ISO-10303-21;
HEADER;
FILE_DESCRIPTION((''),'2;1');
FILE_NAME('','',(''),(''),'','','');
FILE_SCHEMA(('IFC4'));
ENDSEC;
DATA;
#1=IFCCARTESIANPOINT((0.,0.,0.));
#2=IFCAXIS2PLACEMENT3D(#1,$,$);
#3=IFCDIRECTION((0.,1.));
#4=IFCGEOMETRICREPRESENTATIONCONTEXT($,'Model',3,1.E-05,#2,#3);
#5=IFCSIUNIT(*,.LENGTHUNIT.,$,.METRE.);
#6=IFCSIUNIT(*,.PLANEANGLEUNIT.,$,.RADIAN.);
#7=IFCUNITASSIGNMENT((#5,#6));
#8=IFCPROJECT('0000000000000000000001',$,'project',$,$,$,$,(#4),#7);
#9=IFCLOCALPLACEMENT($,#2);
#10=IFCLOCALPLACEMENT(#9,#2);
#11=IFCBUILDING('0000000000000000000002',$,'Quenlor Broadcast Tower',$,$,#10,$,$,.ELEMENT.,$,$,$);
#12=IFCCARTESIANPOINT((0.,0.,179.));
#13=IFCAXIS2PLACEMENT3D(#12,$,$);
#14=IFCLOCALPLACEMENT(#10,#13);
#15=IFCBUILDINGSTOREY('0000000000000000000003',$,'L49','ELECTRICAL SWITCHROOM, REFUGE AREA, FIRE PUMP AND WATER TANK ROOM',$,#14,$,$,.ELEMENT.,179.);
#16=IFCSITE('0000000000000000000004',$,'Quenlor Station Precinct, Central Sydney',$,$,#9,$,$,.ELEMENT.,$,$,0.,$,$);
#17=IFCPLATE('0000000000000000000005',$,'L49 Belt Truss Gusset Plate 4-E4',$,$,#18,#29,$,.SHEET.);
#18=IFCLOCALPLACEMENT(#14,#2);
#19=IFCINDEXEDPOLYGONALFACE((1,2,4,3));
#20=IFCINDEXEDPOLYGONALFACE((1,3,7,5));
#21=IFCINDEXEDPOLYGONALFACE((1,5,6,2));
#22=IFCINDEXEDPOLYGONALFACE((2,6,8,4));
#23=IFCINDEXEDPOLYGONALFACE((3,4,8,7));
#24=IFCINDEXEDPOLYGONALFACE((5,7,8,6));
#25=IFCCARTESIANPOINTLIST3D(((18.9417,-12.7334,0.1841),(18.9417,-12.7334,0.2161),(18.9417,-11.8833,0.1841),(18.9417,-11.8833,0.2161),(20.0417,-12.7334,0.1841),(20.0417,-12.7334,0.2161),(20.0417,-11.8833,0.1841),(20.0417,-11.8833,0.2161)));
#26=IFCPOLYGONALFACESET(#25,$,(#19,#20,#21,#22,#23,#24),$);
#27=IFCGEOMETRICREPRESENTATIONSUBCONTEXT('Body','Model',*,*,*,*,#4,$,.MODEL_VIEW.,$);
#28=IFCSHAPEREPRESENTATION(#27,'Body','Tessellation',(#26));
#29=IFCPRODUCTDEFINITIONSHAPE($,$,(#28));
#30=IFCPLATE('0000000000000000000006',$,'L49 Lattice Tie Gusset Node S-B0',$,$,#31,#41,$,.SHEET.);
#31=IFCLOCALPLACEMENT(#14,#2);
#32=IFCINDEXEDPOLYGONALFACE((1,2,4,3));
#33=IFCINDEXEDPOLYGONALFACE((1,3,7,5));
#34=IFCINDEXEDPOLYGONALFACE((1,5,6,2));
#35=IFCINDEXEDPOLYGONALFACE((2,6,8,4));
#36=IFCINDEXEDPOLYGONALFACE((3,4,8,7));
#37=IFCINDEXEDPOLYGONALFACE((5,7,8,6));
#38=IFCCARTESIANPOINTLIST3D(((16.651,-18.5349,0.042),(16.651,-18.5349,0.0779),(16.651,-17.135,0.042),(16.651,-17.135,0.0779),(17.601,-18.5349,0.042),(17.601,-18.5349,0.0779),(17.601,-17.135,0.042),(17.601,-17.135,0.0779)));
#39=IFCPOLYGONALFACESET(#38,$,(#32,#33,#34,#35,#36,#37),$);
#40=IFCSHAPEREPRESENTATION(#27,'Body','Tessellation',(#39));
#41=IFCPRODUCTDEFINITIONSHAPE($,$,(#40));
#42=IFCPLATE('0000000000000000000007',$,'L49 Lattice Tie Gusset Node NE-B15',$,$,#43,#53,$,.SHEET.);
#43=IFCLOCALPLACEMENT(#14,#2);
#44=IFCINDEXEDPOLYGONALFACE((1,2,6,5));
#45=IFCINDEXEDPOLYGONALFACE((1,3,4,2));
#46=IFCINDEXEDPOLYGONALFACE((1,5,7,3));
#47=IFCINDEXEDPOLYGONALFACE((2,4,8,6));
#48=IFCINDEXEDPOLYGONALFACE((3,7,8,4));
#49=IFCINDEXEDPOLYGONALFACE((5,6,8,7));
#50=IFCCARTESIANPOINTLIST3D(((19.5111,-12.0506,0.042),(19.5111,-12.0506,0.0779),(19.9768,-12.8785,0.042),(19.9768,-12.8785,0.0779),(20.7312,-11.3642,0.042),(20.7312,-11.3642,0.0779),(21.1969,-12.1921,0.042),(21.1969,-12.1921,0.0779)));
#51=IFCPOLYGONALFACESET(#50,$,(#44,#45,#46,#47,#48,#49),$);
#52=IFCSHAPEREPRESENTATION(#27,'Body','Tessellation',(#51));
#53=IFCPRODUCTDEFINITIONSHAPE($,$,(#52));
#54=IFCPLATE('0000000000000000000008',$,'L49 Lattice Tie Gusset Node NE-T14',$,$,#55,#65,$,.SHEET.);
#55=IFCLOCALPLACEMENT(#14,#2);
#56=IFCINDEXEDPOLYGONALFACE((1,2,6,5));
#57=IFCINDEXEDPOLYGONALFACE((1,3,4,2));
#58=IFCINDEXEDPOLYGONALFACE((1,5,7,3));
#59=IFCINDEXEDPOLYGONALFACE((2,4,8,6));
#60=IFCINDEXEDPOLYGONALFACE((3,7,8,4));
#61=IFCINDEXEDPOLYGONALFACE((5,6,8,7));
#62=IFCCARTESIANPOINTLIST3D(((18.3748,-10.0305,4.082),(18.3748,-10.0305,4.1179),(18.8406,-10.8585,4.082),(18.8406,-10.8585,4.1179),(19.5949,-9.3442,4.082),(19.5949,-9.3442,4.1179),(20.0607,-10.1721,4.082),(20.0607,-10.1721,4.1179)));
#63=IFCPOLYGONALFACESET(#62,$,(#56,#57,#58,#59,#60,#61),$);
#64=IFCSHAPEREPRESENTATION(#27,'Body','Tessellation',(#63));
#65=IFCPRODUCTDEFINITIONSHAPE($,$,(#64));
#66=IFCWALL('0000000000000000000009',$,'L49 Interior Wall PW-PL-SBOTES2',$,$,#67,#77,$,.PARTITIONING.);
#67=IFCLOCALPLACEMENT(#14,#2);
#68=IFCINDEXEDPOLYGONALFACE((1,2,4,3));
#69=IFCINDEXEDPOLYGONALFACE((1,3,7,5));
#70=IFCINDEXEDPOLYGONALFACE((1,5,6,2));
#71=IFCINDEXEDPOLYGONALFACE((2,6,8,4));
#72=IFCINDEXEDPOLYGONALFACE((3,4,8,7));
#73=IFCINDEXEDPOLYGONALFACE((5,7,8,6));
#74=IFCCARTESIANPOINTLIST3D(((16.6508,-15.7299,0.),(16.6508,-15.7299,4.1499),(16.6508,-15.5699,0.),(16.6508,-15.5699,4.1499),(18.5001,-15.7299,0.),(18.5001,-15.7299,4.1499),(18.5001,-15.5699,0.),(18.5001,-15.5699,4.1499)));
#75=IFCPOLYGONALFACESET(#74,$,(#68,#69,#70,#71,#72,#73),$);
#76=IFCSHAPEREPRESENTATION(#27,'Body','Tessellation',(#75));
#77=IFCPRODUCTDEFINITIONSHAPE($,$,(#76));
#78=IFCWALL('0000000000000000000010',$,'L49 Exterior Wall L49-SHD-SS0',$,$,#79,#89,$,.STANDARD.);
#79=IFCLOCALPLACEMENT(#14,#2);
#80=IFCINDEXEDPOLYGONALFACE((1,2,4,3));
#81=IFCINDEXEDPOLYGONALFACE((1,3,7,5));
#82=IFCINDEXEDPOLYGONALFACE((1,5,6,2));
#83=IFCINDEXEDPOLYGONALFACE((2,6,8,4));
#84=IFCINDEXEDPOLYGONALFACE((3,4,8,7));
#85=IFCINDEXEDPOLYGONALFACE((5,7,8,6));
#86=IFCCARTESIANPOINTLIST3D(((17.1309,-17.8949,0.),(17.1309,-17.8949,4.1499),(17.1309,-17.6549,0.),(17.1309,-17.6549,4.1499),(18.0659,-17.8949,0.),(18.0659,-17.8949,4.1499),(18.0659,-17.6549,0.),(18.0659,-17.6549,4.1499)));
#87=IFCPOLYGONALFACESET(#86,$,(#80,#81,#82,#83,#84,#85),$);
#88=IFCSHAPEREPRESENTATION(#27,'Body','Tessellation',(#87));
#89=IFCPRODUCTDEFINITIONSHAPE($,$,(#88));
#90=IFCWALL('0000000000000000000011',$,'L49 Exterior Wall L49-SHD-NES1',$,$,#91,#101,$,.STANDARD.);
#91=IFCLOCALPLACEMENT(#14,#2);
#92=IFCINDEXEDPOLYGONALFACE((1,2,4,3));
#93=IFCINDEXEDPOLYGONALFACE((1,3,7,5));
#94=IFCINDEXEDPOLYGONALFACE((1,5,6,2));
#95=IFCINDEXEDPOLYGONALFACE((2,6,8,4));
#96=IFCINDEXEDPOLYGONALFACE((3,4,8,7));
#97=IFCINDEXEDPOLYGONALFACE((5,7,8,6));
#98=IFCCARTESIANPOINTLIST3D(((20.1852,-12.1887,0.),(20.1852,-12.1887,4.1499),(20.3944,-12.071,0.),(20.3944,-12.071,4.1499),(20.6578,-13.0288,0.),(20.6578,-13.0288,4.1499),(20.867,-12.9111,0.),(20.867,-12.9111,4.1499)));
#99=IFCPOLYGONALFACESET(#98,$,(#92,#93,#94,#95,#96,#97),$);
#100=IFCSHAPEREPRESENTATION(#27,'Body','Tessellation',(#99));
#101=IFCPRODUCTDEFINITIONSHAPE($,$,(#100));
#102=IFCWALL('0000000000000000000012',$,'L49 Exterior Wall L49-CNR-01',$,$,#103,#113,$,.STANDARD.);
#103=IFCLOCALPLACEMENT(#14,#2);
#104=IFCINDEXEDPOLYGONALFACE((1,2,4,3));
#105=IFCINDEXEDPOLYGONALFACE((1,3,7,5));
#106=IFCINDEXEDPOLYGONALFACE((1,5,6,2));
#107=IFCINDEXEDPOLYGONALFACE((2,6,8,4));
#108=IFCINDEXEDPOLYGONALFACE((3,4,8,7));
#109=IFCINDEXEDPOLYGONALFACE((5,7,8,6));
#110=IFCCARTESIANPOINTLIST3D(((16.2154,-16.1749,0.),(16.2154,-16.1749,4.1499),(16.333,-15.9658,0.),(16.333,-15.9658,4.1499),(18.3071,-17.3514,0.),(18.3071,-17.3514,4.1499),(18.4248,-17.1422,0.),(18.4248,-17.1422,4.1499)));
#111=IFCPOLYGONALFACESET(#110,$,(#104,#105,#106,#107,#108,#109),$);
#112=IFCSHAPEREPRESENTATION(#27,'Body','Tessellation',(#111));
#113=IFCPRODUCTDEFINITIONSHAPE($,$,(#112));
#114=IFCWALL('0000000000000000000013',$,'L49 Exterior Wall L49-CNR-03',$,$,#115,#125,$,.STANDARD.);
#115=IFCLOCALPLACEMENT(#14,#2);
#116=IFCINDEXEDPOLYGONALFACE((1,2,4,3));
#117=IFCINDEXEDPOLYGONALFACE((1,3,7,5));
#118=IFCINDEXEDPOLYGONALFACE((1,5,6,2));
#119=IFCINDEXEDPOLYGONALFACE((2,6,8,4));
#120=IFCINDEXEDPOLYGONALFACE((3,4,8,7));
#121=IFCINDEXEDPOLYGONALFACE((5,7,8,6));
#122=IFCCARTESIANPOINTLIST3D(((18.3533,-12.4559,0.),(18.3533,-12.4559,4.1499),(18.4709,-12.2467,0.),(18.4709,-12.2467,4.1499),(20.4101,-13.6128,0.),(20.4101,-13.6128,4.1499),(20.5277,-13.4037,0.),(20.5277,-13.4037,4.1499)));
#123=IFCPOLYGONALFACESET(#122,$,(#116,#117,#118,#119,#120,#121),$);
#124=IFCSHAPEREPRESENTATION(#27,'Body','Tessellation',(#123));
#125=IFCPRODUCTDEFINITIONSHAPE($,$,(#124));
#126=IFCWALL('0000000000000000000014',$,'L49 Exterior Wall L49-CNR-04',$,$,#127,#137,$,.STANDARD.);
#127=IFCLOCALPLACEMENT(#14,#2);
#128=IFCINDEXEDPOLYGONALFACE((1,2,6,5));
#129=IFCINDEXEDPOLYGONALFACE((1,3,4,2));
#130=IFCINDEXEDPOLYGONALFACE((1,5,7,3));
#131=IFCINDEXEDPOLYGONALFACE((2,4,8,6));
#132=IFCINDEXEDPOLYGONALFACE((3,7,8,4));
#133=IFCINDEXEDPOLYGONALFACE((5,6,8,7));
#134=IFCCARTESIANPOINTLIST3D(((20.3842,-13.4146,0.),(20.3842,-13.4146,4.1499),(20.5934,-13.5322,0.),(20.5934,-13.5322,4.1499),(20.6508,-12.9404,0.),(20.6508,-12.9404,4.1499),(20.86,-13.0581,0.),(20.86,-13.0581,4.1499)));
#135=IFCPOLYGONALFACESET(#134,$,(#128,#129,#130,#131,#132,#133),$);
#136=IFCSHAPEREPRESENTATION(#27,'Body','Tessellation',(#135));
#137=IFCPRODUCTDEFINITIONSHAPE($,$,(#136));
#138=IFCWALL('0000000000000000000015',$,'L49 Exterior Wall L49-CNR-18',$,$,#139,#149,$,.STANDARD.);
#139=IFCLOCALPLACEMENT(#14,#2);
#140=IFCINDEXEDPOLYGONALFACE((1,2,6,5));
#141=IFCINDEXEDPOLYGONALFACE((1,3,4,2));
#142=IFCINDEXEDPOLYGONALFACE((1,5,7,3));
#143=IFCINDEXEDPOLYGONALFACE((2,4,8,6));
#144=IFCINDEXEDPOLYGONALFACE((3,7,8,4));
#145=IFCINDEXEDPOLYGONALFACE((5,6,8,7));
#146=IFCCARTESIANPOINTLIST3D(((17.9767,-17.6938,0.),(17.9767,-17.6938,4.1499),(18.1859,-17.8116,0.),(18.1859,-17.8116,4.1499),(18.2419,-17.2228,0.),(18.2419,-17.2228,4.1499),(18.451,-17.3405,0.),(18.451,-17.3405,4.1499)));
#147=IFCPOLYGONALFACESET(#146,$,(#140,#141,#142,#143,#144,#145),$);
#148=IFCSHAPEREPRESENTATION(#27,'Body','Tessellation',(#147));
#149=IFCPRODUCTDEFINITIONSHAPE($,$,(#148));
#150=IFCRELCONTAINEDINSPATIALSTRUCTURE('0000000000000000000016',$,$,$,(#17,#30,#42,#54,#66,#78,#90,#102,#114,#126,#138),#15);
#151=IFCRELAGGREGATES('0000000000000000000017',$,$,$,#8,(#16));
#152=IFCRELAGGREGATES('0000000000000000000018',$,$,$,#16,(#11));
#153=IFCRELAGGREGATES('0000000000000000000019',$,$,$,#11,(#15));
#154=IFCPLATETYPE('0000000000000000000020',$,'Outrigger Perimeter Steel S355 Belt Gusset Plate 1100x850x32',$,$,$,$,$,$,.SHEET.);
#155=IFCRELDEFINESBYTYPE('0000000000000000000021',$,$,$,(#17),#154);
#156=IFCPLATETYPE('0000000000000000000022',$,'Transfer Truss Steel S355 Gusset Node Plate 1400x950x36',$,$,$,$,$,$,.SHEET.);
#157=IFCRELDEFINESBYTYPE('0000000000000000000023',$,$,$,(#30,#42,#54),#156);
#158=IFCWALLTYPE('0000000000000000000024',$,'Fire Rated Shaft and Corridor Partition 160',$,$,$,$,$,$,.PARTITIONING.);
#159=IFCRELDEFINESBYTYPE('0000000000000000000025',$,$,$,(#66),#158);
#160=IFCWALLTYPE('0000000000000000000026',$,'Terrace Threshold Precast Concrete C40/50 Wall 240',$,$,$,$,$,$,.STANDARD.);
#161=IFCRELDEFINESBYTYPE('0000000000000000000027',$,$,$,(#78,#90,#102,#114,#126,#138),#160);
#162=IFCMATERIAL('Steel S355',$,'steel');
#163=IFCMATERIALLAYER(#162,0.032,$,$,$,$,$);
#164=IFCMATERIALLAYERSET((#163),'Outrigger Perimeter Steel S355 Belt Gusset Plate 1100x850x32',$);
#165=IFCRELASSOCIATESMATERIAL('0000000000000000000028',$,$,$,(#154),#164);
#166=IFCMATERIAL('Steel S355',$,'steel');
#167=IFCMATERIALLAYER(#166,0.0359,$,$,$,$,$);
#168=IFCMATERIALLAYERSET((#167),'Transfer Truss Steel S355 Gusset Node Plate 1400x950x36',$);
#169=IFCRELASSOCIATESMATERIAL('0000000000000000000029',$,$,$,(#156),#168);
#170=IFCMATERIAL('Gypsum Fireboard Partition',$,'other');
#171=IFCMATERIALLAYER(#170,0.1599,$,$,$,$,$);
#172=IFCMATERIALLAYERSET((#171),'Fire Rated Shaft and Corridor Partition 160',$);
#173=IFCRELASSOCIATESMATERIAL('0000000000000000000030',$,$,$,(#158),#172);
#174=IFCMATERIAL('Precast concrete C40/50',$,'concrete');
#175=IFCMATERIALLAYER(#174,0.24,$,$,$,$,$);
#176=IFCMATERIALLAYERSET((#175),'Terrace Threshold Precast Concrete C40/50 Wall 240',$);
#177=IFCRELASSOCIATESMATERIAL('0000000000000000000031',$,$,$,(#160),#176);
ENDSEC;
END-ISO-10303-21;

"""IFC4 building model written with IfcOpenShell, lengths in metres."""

from ifc_helpers import new_model, si_unit, direction, frame, frame_2d, origin, origin_2d, place, context, subcontext, project, spatial, rectangle, extrude, material, layer, layer_set, type_object, element, save


model = new_model("IFC4")

# Units and contexts
model_context = context("Model", 3, precision=1e-05, world=origin(), true_north=direction((0.0, 1.0)))
body_context = subcontext(model_context, "Body", "Model", "MODEL_VIEW")
ifc_project = project(units=[si_unit("LENGTHUNIT", "METRE"), si_unit("PLANEANGLEUNIT", "RADIAN")], contexts=[model_context])

# Site, building, storey
site_placement = place(None, origin())
site = spatial("IfcSite", under=ifc_project, at=site_placement, Name="Quenlor Station Precinct, Central Sydney", CompositionType="ELEMENT", RefElevation=0.0)
building_placement = place(site_placement, origin())
building = spatial("IfcBuilding", under=site, at=building_placement, Name="Quenlor Broadcast Tower", CompositionType="ELEMENT")
storey_placement = place(building_placement, frame((0.0, 0.0, 179.0)))
storey = spatial("IfcBuildingStorey", under=building, at=storey_placement, Name="L49", Description="ELECTRICAL SWITCHROOM, REFUGE AREA, FIRE PUMP AND WATER TANK ROOM", CompositionType="ELEMENT", Elevation=179.0)

# Plates
ifc_material_1 = material(Name="Steel S355", Category="steel")
ifc_layer_1 = layer(ifc_material_1, 0.032)
ifc_layer_set_1 = layer_set([ifc_layer_1], Name="Outrigger Perimeter Steel S355 Belt Gusset Plate 1100x850x32")
plate_type_1 = type_object("IfcPlateType", Name="Outrigger Perimeter Steel S355 Belt Gusset Plate 1100x850x32", PredefinedType="SHEET", material=ifc_layer_set_1)
for number, where, z_axis, x_axis, name in (
    (1, (19.4917, -12.3083, 0.1841), (0.0, 0.0, 1.0), (1.0, 0.0, 0.0), "L49 Belt Truss Gusset Plate 4-E4"),
):
    element("IfcPlate", number, at=place(storey_placement, frame(where, z_axis=z_axis, x_axis=x_axis)), inside=storey, type_object=plate_type_1, Name=name, PredefinedType="SHEET", context=body_context, shape_type="SweptSolid", body=[
        extrude(rectangle(XDim=1.1001, YDim=0.8501, at=origin_2d()), origin(), (0.0, 0.0, 1.0), 0.032),
    ])
ifc_material_2 = material(Name="Steel S355", Category="steel")
ifc_layer_2 = layer(ifc_material_2, 0.0359)
ifc_layer_set_2 = layer_set([ifc_layer_2], Name="Transfer Truss Steel S355 Gusset Node Plate 1400x950x36")
plate_type_2 = type_object("IfcPlateType", Name="Transfer Truss Steel S355 Gusset Node Plate 1400x950x36", PredefinedType="SHEET", material=ifc_layer_set_2)
for number, where, z_axis, x_axis, name in (
    (2, (17.126, -17.835, 0.042), (0.0, 0.0, 1.0), (0.0, -1.0, 0.0), "L49 Lattice Tie Gusset Node S-B0"),
    (3, (20.354, -12.1213, 0.042), (0.0, 0.0, 1.0), (0.871556, 0.490295, 0.0), "L49 Lattice Tie Gusset Node NE-B15"),
    (4, (19.2178, -10.1013, 4.082), (0.0, 0.0, 1.0), (0.871556, 0.490295, 0.0), "L49 Lattice Tie Gusset Node NE-T14"),
):
    element("IfcPlate", number, at=place(storey_placement, frame(where, z_axis=z_axis, x_axis=x_axis)), inside=storey, type_object=plate_type_2, Name=name, PredefinedType="SHEET", context=body_context, shape_type="SweptSolid", body=[
        extrude(rectangle(XDim=1.3999, YDim=0.95, at=origin_2d()), origin(), (0.0, 0.0, 1.0), 0.0359),
    ])

# Walls
ifc_material_3 = material(Name="Gypsum Fireboard Partition", Category="other")
ifc_layer_3 = layer(ifc_material_3, 0.1599)
ifc_layer_set_3 = layer_set([ifc_layer_3], Name="Fire Rated Shaft and Corridor Partition 160")
wall_type_1 = type_object("IfcWallType", Name="Fire Rated Shaft and Corridor Partition 160", PredefinedType="PARTITIONING", material=ifc_layer_set_3)
wall_1_placement = place(storey_placement, frame((16.6506, -15.6499, 0.0), z_axis=(0.0, 0.0, 1.0), x_axis=(1.0, 0.0, 0.0)))
element("IfcWall", 5, at=wall_1_placement, inside=storey, type_object=wall_type_1, Name="L49 Interior Wall PW-PL-SBOTES2", PredefinedType="PARTITIONING", context=body_context, shape_type="SweptSolid", body=[
    extrude(rectangle(XDim=1.8494, YDim=0.1599, at=frame_2d((0.9248, 0.0))), origin(), (0.0, 0.0, 1.0), 4.1499),
])
ifc_material_4 = material(Name="Precast concrete C40/50", Category="concrete")
ifc_layer_4 = layer(ifc_material_4, 0.24)
ifc_layer_set_4 = layer_set([ifc_layer_4], Name="Terrace Threshold Precast Concrete C40/50 Wall 240")
wall_type_2 = type_object("IfcWallType", Name="Terrace Threshold Precast Concrete C40/50 Wall 240", PredefinedType="STANDARD", material=ifc_layer_set_4)
wall_2_placement = place(storey_placement, frame((18.0659, -17.7749, 0.0), z_axis=(0.0, 0.0, 1.0), x_axis=(-1.0, 0.0, 0.0)))
element("IfcWall", 6, at=wall_2_placement, inside=storey, type_object=wall_type_2, Name="L49 Exterior Wall L49-SHD-SS0", PredefinedType="STANDARD", context=body_context, shape_type="SweptSolid", body=[
    extrude(rectangle(XDim=0.9351, YDim=0.24, at=frame_2d((0.4675, 0.0))), origin(), (0.0, 0.0, 1.0), 4.1499),
])
wall_3_placement = place(storey_placement, frame((20.2898, -12.1299, 0.0), z_axis=(0.0, 0.0, 1.0), x_axis=(0.490345, -0.871528, 0.0)))
element("IfcWall", 7, at=wall_3_placement, inside=storey, type_object=wall_type_2, Name="L49 Exterior Wall L49-SHD-NES1", PredefinedType="STANDARD", context=body_context, shape_type="SweptSolid", body=[
    extrude(rectangle(XDim=0.9639, YDim=0.24, at=frame_2d((0.4819, 0.0))), origin(), (0.0, 0.0, 1.0), 4.1499),
])
wall_4_placement = place(storey_placement, frame((18.366, -17.2468, 0.0), z_axis=(0.0, 0.0, 1.0), x_axis=(-0.871597, 0.490223, 0.0)))
element("IfcWall", 8, at=wall_4_placement, inside=storey, type_object=wall_type_2, Name="L49 Exterior Wall L49-CNR-01", PredefinedType="STANDARD", context=body_context, shape_type="SweptSolid", body=[
    extrude(rectangle(XDim=2.3999, YDim=0.24, at=frame_2d((1.2, 0.0))), origin(), (0.0, 0.0, 1.0), 4.1499),
])
wall_5_placement = place(storey_placement, frame((18.4121, -12.3513, 0.0), z_axis=(0.0, 0.0, 1.0), x_axis=(0.871578, -0.490256, 0.0)))
element("IfcWall", 9, at=wall_5_placement, inside=storey, type_object=wall_type_2, Name="L49 Exterior Wall L49-CNR-03", PredefinedType="STANDARD", context=body_context, shape_type="SweptSolid", body=[
    extrude(rectangle(XDim=2.3599, YDim=0.24, at=frame_2d((1.1799, 0.0))), origin(), (0.0, 0.0, 1.0), 4.1499),
])
wall_6_placement = place(storey_placement, frame((20.4888, -13.4734, 0.0), z_axis=(0.0, 0.0, 1.0), x_axis=(0.490133, 0.871647, 0.0)))
element("IfcWall", 10, at=wall_6_placement, inside=storey, type_object=wall_type_2, Name="L49 Exterior Wall L49-CNR-04", PredefinedType="STANDARD", context=body_context, shape_type="SweptSolid", body=[
    extrude(rectangle(XDim=0.5439, YDim=0.24, at=frame_2d((0.272, 0.0))), origin(), (0.0, 0.0, 1.0), 4.1499),
])
wall_7_placement = place(storey_placement, frame((18.0813, -17.7527, 0.0), z_axis=(0.0, 0.0, 1.0), x_axis=(0.490583, 0.871395, 0.0)))
element("IfcWall", 11, at=wall_7_placement, inside=storey, type_object=wall_type_2, Name="L49 Exterior Wall L49-CNR-18", PredefinedType="STANDARD", context=body_context, shape_type="SweptSolid", body=[
    extrude(rectangle(XDim=0.5405, YDim=0.24, at=frame_2d((0.2703, 0.0))), origin(), (0.0, 0.0, 1.0), 4.1499),
])

save(model, "model.ifc")
